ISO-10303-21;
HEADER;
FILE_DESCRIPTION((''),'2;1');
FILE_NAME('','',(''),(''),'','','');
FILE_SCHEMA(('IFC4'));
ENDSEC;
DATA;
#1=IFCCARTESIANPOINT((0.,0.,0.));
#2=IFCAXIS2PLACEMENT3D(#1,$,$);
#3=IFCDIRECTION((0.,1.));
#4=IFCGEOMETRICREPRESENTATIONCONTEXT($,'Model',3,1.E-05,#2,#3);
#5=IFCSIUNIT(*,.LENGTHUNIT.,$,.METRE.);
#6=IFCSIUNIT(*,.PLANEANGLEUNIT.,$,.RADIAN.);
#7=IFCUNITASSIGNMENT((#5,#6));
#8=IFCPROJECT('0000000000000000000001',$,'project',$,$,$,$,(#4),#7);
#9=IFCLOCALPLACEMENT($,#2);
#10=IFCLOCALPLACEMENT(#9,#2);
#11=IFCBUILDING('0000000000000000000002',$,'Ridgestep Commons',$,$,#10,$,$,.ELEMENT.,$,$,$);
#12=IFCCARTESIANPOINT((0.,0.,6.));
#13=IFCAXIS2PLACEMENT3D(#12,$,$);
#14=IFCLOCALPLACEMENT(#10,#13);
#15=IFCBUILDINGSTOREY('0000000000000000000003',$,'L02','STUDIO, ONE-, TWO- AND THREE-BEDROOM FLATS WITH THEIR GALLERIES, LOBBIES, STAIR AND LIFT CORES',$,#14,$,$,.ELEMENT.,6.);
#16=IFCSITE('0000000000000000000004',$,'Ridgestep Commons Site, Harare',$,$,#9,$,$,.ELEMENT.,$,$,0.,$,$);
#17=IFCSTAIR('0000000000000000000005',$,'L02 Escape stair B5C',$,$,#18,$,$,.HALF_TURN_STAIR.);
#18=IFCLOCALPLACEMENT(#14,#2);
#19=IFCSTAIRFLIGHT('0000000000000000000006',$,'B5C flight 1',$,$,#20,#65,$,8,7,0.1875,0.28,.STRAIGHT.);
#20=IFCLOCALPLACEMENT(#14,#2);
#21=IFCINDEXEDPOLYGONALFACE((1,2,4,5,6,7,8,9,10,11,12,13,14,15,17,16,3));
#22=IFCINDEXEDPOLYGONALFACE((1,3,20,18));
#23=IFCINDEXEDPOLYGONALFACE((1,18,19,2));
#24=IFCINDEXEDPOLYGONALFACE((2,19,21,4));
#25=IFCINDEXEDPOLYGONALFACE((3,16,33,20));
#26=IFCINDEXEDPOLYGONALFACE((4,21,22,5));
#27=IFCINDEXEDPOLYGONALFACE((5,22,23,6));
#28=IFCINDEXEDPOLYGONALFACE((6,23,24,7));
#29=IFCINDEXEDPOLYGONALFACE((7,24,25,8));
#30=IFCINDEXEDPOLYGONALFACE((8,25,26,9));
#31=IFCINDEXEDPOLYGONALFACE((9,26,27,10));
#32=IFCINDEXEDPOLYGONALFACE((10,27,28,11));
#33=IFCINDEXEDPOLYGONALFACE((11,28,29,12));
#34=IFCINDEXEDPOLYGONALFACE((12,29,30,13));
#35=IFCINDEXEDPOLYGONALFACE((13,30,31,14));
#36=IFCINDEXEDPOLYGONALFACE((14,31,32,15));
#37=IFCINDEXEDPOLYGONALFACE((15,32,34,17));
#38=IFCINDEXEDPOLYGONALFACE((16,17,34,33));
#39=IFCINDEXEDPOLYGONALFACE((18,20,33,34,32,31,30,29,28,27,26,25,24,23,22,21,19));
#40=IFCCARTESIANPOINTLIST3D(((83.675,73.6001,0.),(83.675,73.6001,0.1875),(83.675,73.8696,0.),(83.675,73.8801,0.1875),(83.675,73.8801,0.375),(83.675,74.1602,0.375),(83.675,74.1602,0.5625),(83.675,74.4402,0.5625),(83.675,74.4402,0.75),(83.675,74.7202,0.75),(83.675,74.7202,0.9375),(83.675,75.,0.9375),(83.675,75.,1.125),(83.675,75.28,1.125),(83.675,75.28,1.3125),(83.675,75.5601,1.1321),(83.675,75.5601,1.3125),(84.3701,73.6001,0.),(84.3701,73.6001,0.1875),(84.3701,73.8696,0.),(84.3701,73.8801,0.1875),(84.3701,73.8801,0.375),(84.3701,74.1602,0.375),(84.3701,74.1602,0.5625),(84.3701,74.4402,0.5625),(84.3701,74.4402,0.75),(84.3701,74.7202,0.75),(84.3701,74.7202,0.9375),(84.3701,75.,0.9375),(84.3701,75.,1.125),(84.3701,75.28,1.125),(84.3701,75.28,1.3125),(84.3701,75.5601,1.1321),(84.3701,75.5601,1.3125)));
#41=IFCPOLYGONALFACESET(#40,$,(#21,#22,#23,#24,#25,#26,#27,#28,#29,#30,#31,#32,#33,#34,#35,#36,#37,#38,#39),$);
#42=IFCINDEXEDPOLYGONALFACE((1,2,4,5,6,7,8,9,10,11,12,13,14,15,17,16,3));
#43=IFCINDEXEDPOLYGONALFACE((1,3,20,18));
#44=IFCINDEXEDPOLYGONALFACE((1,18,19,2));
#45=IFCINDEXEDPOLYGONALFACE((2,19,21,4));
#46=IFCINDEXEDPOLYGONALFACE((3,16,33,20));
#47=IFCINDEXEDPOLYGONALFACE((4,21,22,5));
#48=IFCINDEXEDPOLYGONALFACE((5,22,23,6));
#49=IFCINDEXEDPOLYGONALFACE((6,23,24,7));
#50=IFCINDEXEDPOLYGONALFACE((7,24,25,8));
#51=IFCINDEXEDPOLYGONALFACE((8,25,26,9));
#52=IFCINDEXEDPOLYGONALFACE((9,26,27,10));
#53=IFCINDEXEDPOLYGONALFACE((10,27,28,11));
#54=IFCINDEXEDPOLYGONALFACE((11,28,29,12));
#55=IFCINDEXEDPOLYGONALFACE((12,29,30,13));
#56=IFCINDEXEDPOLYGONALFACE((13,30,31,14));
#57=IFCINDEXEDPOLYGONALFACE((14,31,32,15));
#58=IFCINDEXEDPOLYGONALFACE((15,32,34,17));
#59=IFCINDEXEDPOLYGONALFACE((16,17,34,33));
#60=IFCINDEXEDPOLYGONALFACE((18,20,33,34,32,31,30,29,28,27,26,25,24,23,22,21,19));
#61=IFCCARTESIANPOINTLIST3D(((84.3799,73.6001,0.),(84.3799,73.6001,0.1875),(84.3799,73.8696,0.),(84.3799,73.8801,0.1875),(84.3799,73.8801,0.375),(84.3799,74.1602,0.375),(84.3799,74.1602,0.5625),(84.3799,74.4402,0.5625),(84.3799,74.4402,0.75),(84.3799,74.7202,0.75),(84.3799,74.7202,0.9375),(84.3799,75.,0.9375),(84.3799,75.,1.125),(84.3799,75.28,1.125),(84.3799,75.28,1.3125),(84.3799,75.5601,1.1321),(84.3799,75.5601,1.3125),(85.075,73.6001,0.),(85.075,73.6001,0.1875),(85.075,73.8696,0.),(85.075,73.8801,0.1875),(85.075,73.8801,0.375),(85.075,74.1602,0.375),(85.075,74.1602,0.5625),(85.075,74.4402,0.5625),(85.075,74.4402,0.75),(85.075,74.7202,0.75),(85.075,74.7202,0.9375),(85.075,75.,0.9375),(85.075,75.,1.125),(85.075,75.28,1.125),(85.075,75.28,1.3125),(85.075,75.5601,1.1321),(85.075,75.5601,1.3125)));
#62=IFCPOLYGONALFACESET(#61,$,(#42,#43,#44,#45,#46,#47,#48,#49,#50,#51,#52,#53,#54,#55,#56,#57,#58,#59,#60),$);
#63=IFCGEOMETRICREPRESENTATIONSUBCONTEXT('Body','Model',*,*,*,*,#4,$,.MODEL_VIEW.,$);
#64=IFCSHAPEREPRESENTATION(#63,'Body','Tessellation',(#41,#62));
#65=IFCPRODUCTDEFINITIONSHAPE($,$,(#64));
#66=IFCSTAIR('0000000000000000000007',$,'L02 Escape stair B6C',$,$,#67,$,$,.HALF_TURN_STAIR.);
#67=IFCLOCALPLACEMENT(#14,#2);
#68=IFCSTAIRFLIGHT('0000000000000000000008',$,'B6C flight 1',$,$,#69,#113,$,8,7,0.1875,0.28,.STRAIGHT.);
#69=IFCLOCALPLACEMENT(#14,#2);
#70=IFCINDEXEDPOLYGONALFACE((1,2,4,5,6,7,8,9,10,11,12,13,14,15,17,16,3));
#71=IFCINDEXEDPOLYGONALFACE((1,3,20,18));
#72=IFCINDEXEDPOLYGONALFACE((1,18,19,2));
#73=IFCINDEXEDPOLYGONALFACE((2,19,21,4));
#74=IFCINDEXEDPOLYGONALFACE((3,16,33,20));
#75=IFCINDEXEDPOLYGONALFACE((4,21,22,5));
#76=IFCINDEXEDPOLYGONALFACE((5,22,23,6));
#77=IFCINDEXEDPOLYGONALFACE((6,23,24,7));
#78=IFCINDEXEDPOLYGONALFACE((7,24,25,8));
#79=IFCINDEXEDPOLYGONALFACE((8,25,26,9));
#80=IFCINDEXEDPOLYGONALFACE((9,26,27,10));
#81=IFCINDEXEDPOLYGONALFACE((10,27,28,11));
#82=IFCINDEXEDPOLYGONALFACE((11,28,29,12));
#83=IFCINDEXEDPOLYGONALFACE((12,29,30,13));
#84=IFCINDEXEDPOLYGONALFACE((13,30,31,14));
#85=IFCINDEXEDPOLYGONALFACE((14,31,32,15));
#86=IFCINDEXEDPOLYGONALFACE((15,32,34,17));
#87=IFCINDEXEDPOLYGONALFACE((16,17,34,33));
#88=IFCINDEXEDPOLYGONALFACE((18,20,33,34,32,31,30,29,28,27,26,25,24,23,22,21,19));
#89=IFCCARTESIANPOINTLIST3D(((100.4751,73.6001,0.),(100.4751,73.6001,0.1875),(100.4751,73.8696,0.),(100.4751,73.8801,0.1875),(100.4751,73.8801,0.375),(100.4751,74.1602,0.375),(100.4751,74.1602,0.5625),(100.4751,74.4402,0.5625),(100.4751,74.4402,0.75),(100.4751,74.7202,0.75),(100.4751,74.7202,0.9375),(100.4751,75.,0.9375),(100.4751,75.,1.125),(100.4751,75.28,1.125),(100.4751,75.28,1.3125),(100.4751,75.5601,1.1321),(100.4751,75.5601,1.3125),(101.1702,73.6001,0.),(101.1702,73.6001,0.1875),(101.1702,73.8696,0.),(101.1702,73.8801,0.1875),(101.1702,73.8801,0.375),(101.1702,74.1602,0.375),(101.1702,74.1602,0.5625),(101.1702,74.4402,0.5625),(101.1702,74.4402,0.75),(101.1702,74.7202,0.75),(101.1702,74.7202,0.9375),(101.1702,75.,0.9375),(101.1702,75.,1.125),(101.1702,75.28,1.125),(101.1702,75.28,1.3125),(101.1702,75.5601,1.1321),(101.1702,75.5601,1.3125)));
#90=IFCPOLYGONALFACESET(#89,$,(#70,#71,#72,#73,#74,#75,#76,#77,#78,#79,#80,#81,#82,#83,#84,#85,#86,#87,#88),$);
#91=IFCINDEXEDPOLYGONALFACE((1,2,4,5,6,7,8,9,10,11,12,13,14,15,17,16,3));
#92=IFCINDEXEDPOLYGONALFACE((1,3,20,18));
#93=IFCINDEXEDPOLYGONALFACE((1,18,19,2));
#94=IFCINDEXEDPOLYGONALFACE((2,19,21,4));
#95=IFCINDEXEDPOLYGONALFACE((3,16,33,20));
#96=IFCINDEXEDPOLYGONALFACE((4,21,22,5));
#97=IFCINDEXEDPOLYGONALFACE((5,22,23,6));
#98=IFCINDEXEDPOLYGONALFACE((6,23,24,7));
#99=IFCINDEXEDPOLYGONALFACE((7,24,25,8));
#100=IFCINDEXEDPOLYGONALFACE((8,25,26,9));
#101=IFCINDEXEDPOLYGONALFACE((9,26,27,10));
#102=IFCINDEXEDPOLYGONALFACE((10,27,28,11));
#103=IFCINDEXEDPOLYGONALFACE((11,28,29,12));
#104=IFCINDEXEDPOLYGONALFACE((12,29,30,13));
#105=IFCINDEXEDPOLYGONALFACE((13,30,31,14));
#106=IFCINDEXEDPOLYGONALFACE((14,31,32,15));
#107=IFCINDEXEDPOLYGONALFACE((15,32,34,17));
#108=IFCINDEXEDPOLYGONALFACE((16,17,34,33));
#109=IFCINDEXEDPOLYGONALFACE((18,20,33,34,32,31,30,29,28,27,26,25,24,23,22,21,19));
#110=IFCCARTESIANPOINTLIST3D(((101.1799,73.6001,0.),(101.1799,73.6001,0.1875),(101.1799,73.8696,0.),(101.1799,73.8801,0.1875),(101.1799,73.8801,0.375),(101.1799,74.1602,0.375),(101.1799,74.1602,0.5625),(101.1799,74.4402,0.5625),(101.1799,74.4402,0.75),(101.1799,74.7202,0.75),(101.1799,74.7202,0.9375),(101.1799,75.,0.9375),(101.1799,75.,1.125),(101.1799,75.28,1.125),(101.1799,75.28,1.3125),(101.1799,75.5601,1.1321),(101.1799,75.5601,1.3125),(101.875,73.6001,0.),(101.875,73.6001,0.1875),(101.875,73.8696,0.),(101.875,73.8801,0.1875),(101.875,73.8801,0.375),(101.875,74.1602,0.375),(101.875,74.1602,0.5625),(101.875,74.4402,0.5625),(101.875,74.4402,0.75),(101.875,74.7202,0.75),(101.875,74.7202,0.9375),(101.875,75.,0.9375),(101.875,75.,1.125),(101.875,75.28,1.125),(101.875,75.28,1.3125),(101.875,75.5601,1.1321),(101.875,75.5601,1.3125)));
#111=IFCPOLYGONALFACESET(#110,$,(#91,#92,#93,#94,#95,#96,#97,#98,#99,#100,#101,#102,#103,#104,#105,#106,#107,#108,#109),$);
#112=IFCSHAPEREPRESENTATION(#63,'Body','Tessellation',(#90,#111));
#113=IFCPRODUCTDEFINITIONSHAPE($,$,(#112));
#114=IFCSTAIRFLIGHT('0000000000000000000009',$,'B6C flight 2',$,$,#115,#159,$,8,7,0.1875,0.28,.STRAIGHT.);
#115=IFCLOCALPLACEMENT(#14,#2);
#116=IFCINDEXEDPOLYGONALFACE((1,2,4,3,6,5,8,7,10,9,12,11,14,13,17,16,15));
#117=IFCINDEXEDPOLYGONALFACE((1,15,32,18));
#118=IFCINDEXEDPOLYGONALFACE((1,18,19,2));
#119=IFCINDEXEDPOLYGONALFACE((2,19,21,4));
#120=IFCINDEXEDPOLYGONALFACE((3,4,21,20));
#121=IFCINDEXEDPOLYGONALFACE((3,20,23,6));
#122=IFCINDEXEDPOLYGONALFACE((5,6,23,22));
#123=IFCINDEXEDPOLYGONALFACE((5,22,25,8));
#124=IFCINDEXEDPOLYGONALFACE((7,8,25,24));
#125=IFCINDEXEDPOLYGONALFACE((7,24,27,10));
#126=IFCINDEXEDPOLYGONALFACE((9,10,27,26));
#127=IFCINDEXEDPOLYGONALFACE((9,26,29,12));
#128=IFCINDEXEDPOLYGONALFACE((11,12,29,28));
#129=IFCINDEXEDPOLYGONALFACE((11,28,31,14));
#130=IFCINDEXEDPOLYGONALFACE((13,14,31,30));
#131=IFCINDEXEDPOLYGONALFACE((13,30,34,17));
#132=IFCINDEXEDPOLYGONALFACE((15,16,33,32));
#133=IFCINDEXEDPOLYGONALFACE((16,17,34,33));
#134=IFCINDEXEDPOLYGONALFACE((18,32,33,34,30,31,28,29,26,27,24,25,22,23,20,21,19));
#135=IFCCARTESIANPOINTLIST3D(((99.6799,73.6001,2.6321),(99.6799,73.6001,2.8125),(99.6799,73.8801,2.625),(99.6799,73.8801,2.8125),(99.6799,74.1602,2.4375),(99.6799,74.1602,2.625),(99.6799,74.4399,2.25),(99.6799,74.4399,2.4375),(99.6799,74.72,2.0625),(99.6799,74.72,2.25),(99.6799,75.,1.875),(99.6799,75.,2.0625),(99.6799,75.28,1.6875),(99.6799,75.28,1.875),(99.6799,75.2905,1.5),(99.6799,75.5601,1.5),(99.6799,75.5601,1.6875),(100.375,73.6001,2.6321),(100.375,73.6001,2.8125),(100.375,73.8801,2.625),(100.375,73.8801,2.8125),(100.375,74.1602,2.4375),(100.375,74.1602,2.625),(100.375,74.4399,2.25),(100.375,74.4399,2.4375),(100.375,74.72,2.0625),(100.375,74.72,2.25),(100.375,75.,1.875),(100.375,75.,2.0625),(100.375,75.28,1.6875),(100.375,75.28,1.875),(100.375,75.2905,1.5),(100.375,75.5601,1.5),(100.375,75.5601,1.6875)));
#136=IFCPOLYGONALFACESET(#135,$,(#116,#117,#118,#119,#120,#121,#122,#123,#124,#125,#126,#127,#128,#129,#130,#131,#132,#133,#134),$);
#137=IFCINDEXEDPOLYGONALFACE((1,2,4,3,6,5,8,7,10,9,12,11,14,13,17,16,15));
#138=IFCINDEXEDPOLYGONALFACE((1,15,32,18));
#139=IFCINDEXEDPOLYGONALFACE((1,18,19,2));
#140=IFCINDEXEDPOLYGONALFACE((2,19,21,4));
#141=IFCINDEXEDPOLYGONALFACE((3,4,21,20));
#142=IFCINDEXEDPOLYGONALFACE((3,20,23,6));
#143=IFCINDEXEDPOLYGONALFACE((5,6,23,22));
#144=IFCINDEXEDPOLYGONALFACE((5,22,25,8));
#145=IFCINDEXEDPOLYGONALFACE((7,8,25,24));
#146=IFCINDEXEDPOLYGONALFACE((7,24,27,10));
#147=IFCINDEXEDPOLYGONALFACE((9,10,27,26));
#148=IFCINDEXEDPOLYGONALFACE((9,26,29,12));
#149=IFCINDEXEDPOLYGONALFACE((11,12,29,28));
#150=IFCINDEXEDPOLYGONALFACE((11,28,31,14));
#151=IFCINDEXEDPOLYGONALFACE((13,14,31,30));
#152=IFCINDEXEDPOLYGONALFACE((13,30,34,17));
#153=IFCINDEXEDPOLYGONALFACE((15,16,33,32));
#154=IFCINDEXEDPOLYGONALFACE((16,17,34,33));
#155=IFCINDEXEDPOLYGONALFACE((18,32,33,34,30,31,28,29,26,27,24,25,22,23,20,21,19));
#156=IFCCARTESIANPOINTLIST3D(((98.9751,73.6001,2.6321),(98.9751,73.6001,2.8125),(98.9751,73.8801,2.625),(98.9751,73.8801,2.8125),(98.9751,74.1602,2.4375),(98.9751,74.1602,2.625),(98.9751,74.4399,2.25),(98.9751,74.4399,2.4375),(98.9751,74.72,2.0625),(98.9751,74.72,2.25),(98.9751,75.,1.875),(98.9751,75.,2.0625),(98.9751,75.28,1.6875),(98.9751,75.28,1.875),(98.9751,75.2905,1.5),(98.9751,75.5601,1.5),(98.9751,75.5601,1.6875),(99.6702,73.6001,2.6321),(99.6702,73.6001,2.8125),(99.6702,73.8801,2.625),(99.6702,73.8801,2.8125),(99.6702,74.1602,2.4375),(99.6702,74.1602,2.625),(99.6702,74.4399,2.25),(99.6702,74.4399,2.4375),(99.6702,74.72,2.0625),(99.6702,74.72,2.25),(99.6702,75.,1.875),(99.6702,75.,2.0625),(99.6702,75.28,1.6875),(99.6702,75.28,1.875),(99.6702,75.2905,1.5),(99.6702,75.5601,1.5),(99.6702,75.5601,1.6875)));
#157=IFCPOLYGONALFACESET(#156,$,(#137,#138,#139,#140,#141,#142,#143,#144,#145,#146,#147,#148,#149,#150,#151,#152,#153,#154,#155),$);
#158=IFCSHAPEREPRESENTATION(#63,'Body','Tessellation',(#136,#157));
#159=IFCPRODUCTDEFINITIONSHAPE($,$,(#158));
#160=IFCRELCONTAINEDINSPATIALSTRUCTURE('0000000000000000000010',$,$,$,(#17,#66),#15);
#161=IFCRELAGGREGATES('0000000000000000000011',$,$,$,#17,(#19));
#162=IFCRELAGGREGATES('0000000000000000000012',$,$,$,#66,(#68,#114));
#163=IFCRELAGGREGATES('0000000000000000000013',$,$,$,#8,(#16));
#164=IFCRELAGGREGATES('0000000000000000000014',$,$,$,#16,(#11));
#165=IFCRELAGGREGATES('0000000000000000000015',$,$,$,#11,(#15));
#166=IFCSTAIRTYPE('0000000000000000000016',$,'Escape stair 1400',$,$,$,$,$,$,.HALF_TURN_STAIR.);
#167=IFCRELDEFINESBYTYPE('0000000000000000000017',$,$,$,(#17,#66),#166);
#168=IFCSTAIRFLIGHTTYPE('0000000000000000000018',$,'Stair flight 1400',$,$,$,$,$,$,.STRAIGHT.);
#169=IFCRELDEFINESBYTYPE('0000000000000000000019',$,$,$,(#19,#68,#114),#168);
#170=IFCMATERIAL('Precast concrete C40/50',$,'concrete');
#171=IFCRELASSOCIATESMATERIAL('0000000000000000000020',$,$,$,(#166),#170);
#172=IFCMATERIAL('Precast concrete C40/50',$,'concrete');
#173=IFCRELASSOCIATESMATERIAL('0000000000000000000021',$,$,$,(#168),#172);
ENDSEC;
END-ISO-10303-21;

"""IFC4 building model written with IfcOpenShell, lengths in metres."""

from ifc_helpers import new_model, si_unit, direction, frame, origin, place, context, subcontext, project, spatial, polyline, outline, extrude, material, type_object, element, aggregate, save


model = new_model("IFC4")

# Units and contexts
model_context = context("Model", 3, precision=1e-05, world=origin(), true_north=direction((0.0, 1.0)))
body_context = subcontext(model_context, "Body", "Model", "MODEL_VIEW")
ifc_project = project(units=[si_unit("LENGTHUNIT", "METRE"), si_unit("PLANEANGLEUNIT", "RADIAN")], contexts=[model_context])

# Site, building, storey
site_placement = place(None, origin())
site = spatial("IfcSite", under=ifc_project, at=site_placement, Name="Ridgestep Commons Site, Harare", CompositionType="ELEMENT", RefElevation=0.0)
building_placement = place(site_placement, origin())
building = spatial("IfcBuilding", under=site, at=building_placement, Name="Ridgestep Commons", CompositionType="ELEMENT")
storey_placement = place(building_placement, frame((0.0, 0.0, 6.0)))
storey = spatial("IfcBuildingStorey", under=building, at=storey_placement, Name="L02", Description="STUDIO, ONE-, TWO- AND THREE-BEDROOM FLATS WITH THEIR GALLERIES, LOBBIES, STAIR AND LIFT CORES", CompositionType="ELEMENT", Elevation=6.0)

# Stair, stair flight
ifc_material_1 = material(Name="Precast concrete C40/50", Category="concrete")
stair_type = type_object("IfcStairType", Name="Escape stair 1400", PredefinedType="HALF_TURN_STAIR", material=ifc_material_1)
stair_1_placement = place(storey_placement, origin())
stair_1 = element("IfcStair", 1, at=stair_1_placement, inside=storey, type_object=stair_type, Name="L02 Escape stair B5C", PredefinedType="HALF_TURN_STAIR")
ifc_material_2 = material(Name="Precast concrete C40/50", Category="concrete")
stair_flight_type = type_object("IfcStairFlightType", Name="Stair flight 1400", PredefinedType="STRAIGHT", material=ifc_material_2)
stair_flight_1_placement = place(storey_placement, frame((84.375, 73.6001, 0.0), z_axis=(0.0, 0.0, 1.0), x_axis=(0.0, 1.0, 0.0)))
stair_flight_1 = element("IfcStairFlight", 2, at=stair_flight_1_placement, type_object=stair_flight_type, Name="B5C flight 1", NumberOfRisers=8, NumberOfTreads=7, PredefinedType="STRAIGHT", RiserHeight=0.1875, TreadLength=0.28, context=body_context, shape_type="SweptSolid", body=[
    extrude(outline(polyline([(0.0, 0.0), (0.0, 0.1875), (0.28, 0.1875), (0.28, 0.375), (0.5601, 0.375), (0.5601, 0.5625), (0.8401, 0.5625), (0.8401, 0.75), (1.1201, 0.75), (1.1201, 0.9375), (1.3999, 0.9375), (1.3999, 1.125), (1.6799, 1.125), (1.6799, 1.3125), (1.96, 1.3125), (1.96, 1.5), (1.96, 1.1321), (0.2695, 0.0), (0.0, 0.0)])), frame((0.0, 0.7, 0.0), z_axis=(0.0, -1.0, 0.0), x_axis=(1.0, 0.0, 0.0)), (0.0, 0.0, 1.0), 0.6951),
    extrude(outline(polyline([(0.0, 0.0), (0.0, 0.1875), (0.28, 0.1875), (0.28, 0.375), (0.5601, 0.375), (0.5601, 0.5625), (0.8401, 0.5625), (0.8401, 0.75), (1.1201, 0.75), (1.1201, 0.9375), (1.3999, 0.9375), (1.3999, 1.125), (1.6799, 1.125), (1.6799, 1.3125), (1.96, 1.3125), (1.96, 1.5), (1.96, 1.1321), (0.2695, 0.0), (0.0, 0.0)])), frame((0.0, -0.0049, 0.0), z_axis=(0.0, -1.0, 0.0), x_axis=(1.0, 0.0, 0.0)), (0.0, 0.0, 1.0), 0.6951),
])
aggregate(stair_1, [stair_flight_1])

# Stair, stair flights
stair_2_placement = place(storey_placement, origin())
stair_2 = element("IfcStair", 3, at=stair_2_placement, inside=storey, type_object=stair_type, Name="L02 Escape stair B6C", PredefinedType="HALF_TURN_STAIR")
stair_flight_2_placement = place(storey_placement, frame((101.175, 73.6001, 0.0), z_axis=(0.0, 0.0, 1.0), x_axis=(0.0, 1.0, 0.0)))
stair_flight_2 = element("IfcStairFlight", 4, at=stair_flight_2_placement, type_object=stair_flight_type, Name="B6C flight 1", NumberOfRisers=8, NumberOfTreads=7, PredefinedType="STRAIGHT", RiserHeight=0.1875, TreadLength=0.28, context=body_context, shape_type="SweptSolid", body=[
    extrude(outline(polyline([(0.0, 0.0), (0.0, 0.1875), (0.28, 0.1875), (0.28, 0.375), (0.5601, 0.375), (0.5601, 0.5625), (0.8401, 0.5625), (0.8401, 0.75), (1.1201, 0.75), (1.1201, 0.9375), (1.3999, 0.9375), (1.3999, 1.125), (1.6799, 1.125), (1.6799, 1.3125), (1.96, 1.3125), (1.96, 1.5), (1.96, 1.1321), (0.2695, 0.0), (0.0, 0.0)])), frame((0.0, 0.7, 0.0), z_axis=(0.0, -1.0, 0.0), x_axis=(1.0, 0.0, 0.0)), (0.0, 0.0, 1.0), 0.6951),
    extrude(outline(polyline([(0.0, 0.0), (0.0, 0.1875), (0.28, 0.1875), (0.28, 0.375), (0.5601, 0.375), (0.5601, 0.5625), (0.8401, 0.5625), (0.8401, 0.75), (1.1201, 0.75), (1.1201, 0.9375), (1.3999, 0.9375), (1.3999, 1.125), (1.6799, 1.125), (1.6799, 1.3125), (1.96, 1.3125), (1.96, 1.5), (1.96, 1.1321), (0.2695, 0.0), (0.0, 0.0)])), frame((0.0, -0.0049, 0.0), z_axis=(0.0, -1.0, 0.0), x_axis=(1.0, 0.0, 0.0)), (0.0, 0.0, 1.0), 0.6951),
])
stair_flight_3_placement = place(storey_placement, frame((99.675, 75.5601, 1.5), z_axis=(0.0, 0.0, 1.0), x_axis=(0.0, -1.0, 0.0)))
stair_flight_3 = element("IfcStairFlight", 5, at=stair_flight_3_placement, type_object=stair_flight_type, Name="B6C flight 2", NumberOfRisers=8, NumberOfTreads=7, PredefinedType="STRAIGHT", RiserHeight=0.1875, TreadLength=0.28, context=body_context, shape_type="SweptSolid", body=[
    extrude(outline(polyline([(0.0, 0.0), (0.0, 0.1875), (0.28, 0.1875), (0.28, 0.375), (0.5601, 0.375), (0.5601, 0.5625), (0.8401, 0.5625), (0.8401, 0.75), (1.1201, 0.75), (1.1201, 0.9375), (1.3999, 0.9375), (1.3999, 1.125), (1.6799, 1.125), (1.6799, 1.3125), (1.96, 1.3125), (1.96, 1.5), (1.96, 1.1321), (0.2695, 0.0), (0.0, 0.0)])), frame((0.0, 0.7, 0.0), z_axis=(0.0, -1.0, 0.0), x_axis=(1.0, 0.0, 0.0)), (0.0, 0.0, 1.0), 0.6951),
    extrude(outline(polyline([(0.0, 0.0), (0.0, 0.1875), (0.28, 0.1875), (0.28, 0.375), (0.5601, 0.375), (0.5601, 0.5625), (0.8401, 0.5625), (0.8401, 0.75), (1.1201, 0.75), (1.1201, 0.9375), (1.3999, 0.9375), (1.3999, 1.125), (1.6799, 1.125), (1.6799, 1.3125), (1.96, 1.3125), (1.96, 1.5), (1.96, 1.1321), (0.2695, 0.0), (0.0, 0.0)])), frame((0.0, -0.0049, 0.0), z_axis=(0.0, -1.0, 0.0), x_axis=(1.0, 0.0, 0.0)), (0.0, 0.0, 1.0), 0.6951),
])
aggregate(stair_2, [stair_flight_2, stair_flight_3])

save(model, "model.ifc")
